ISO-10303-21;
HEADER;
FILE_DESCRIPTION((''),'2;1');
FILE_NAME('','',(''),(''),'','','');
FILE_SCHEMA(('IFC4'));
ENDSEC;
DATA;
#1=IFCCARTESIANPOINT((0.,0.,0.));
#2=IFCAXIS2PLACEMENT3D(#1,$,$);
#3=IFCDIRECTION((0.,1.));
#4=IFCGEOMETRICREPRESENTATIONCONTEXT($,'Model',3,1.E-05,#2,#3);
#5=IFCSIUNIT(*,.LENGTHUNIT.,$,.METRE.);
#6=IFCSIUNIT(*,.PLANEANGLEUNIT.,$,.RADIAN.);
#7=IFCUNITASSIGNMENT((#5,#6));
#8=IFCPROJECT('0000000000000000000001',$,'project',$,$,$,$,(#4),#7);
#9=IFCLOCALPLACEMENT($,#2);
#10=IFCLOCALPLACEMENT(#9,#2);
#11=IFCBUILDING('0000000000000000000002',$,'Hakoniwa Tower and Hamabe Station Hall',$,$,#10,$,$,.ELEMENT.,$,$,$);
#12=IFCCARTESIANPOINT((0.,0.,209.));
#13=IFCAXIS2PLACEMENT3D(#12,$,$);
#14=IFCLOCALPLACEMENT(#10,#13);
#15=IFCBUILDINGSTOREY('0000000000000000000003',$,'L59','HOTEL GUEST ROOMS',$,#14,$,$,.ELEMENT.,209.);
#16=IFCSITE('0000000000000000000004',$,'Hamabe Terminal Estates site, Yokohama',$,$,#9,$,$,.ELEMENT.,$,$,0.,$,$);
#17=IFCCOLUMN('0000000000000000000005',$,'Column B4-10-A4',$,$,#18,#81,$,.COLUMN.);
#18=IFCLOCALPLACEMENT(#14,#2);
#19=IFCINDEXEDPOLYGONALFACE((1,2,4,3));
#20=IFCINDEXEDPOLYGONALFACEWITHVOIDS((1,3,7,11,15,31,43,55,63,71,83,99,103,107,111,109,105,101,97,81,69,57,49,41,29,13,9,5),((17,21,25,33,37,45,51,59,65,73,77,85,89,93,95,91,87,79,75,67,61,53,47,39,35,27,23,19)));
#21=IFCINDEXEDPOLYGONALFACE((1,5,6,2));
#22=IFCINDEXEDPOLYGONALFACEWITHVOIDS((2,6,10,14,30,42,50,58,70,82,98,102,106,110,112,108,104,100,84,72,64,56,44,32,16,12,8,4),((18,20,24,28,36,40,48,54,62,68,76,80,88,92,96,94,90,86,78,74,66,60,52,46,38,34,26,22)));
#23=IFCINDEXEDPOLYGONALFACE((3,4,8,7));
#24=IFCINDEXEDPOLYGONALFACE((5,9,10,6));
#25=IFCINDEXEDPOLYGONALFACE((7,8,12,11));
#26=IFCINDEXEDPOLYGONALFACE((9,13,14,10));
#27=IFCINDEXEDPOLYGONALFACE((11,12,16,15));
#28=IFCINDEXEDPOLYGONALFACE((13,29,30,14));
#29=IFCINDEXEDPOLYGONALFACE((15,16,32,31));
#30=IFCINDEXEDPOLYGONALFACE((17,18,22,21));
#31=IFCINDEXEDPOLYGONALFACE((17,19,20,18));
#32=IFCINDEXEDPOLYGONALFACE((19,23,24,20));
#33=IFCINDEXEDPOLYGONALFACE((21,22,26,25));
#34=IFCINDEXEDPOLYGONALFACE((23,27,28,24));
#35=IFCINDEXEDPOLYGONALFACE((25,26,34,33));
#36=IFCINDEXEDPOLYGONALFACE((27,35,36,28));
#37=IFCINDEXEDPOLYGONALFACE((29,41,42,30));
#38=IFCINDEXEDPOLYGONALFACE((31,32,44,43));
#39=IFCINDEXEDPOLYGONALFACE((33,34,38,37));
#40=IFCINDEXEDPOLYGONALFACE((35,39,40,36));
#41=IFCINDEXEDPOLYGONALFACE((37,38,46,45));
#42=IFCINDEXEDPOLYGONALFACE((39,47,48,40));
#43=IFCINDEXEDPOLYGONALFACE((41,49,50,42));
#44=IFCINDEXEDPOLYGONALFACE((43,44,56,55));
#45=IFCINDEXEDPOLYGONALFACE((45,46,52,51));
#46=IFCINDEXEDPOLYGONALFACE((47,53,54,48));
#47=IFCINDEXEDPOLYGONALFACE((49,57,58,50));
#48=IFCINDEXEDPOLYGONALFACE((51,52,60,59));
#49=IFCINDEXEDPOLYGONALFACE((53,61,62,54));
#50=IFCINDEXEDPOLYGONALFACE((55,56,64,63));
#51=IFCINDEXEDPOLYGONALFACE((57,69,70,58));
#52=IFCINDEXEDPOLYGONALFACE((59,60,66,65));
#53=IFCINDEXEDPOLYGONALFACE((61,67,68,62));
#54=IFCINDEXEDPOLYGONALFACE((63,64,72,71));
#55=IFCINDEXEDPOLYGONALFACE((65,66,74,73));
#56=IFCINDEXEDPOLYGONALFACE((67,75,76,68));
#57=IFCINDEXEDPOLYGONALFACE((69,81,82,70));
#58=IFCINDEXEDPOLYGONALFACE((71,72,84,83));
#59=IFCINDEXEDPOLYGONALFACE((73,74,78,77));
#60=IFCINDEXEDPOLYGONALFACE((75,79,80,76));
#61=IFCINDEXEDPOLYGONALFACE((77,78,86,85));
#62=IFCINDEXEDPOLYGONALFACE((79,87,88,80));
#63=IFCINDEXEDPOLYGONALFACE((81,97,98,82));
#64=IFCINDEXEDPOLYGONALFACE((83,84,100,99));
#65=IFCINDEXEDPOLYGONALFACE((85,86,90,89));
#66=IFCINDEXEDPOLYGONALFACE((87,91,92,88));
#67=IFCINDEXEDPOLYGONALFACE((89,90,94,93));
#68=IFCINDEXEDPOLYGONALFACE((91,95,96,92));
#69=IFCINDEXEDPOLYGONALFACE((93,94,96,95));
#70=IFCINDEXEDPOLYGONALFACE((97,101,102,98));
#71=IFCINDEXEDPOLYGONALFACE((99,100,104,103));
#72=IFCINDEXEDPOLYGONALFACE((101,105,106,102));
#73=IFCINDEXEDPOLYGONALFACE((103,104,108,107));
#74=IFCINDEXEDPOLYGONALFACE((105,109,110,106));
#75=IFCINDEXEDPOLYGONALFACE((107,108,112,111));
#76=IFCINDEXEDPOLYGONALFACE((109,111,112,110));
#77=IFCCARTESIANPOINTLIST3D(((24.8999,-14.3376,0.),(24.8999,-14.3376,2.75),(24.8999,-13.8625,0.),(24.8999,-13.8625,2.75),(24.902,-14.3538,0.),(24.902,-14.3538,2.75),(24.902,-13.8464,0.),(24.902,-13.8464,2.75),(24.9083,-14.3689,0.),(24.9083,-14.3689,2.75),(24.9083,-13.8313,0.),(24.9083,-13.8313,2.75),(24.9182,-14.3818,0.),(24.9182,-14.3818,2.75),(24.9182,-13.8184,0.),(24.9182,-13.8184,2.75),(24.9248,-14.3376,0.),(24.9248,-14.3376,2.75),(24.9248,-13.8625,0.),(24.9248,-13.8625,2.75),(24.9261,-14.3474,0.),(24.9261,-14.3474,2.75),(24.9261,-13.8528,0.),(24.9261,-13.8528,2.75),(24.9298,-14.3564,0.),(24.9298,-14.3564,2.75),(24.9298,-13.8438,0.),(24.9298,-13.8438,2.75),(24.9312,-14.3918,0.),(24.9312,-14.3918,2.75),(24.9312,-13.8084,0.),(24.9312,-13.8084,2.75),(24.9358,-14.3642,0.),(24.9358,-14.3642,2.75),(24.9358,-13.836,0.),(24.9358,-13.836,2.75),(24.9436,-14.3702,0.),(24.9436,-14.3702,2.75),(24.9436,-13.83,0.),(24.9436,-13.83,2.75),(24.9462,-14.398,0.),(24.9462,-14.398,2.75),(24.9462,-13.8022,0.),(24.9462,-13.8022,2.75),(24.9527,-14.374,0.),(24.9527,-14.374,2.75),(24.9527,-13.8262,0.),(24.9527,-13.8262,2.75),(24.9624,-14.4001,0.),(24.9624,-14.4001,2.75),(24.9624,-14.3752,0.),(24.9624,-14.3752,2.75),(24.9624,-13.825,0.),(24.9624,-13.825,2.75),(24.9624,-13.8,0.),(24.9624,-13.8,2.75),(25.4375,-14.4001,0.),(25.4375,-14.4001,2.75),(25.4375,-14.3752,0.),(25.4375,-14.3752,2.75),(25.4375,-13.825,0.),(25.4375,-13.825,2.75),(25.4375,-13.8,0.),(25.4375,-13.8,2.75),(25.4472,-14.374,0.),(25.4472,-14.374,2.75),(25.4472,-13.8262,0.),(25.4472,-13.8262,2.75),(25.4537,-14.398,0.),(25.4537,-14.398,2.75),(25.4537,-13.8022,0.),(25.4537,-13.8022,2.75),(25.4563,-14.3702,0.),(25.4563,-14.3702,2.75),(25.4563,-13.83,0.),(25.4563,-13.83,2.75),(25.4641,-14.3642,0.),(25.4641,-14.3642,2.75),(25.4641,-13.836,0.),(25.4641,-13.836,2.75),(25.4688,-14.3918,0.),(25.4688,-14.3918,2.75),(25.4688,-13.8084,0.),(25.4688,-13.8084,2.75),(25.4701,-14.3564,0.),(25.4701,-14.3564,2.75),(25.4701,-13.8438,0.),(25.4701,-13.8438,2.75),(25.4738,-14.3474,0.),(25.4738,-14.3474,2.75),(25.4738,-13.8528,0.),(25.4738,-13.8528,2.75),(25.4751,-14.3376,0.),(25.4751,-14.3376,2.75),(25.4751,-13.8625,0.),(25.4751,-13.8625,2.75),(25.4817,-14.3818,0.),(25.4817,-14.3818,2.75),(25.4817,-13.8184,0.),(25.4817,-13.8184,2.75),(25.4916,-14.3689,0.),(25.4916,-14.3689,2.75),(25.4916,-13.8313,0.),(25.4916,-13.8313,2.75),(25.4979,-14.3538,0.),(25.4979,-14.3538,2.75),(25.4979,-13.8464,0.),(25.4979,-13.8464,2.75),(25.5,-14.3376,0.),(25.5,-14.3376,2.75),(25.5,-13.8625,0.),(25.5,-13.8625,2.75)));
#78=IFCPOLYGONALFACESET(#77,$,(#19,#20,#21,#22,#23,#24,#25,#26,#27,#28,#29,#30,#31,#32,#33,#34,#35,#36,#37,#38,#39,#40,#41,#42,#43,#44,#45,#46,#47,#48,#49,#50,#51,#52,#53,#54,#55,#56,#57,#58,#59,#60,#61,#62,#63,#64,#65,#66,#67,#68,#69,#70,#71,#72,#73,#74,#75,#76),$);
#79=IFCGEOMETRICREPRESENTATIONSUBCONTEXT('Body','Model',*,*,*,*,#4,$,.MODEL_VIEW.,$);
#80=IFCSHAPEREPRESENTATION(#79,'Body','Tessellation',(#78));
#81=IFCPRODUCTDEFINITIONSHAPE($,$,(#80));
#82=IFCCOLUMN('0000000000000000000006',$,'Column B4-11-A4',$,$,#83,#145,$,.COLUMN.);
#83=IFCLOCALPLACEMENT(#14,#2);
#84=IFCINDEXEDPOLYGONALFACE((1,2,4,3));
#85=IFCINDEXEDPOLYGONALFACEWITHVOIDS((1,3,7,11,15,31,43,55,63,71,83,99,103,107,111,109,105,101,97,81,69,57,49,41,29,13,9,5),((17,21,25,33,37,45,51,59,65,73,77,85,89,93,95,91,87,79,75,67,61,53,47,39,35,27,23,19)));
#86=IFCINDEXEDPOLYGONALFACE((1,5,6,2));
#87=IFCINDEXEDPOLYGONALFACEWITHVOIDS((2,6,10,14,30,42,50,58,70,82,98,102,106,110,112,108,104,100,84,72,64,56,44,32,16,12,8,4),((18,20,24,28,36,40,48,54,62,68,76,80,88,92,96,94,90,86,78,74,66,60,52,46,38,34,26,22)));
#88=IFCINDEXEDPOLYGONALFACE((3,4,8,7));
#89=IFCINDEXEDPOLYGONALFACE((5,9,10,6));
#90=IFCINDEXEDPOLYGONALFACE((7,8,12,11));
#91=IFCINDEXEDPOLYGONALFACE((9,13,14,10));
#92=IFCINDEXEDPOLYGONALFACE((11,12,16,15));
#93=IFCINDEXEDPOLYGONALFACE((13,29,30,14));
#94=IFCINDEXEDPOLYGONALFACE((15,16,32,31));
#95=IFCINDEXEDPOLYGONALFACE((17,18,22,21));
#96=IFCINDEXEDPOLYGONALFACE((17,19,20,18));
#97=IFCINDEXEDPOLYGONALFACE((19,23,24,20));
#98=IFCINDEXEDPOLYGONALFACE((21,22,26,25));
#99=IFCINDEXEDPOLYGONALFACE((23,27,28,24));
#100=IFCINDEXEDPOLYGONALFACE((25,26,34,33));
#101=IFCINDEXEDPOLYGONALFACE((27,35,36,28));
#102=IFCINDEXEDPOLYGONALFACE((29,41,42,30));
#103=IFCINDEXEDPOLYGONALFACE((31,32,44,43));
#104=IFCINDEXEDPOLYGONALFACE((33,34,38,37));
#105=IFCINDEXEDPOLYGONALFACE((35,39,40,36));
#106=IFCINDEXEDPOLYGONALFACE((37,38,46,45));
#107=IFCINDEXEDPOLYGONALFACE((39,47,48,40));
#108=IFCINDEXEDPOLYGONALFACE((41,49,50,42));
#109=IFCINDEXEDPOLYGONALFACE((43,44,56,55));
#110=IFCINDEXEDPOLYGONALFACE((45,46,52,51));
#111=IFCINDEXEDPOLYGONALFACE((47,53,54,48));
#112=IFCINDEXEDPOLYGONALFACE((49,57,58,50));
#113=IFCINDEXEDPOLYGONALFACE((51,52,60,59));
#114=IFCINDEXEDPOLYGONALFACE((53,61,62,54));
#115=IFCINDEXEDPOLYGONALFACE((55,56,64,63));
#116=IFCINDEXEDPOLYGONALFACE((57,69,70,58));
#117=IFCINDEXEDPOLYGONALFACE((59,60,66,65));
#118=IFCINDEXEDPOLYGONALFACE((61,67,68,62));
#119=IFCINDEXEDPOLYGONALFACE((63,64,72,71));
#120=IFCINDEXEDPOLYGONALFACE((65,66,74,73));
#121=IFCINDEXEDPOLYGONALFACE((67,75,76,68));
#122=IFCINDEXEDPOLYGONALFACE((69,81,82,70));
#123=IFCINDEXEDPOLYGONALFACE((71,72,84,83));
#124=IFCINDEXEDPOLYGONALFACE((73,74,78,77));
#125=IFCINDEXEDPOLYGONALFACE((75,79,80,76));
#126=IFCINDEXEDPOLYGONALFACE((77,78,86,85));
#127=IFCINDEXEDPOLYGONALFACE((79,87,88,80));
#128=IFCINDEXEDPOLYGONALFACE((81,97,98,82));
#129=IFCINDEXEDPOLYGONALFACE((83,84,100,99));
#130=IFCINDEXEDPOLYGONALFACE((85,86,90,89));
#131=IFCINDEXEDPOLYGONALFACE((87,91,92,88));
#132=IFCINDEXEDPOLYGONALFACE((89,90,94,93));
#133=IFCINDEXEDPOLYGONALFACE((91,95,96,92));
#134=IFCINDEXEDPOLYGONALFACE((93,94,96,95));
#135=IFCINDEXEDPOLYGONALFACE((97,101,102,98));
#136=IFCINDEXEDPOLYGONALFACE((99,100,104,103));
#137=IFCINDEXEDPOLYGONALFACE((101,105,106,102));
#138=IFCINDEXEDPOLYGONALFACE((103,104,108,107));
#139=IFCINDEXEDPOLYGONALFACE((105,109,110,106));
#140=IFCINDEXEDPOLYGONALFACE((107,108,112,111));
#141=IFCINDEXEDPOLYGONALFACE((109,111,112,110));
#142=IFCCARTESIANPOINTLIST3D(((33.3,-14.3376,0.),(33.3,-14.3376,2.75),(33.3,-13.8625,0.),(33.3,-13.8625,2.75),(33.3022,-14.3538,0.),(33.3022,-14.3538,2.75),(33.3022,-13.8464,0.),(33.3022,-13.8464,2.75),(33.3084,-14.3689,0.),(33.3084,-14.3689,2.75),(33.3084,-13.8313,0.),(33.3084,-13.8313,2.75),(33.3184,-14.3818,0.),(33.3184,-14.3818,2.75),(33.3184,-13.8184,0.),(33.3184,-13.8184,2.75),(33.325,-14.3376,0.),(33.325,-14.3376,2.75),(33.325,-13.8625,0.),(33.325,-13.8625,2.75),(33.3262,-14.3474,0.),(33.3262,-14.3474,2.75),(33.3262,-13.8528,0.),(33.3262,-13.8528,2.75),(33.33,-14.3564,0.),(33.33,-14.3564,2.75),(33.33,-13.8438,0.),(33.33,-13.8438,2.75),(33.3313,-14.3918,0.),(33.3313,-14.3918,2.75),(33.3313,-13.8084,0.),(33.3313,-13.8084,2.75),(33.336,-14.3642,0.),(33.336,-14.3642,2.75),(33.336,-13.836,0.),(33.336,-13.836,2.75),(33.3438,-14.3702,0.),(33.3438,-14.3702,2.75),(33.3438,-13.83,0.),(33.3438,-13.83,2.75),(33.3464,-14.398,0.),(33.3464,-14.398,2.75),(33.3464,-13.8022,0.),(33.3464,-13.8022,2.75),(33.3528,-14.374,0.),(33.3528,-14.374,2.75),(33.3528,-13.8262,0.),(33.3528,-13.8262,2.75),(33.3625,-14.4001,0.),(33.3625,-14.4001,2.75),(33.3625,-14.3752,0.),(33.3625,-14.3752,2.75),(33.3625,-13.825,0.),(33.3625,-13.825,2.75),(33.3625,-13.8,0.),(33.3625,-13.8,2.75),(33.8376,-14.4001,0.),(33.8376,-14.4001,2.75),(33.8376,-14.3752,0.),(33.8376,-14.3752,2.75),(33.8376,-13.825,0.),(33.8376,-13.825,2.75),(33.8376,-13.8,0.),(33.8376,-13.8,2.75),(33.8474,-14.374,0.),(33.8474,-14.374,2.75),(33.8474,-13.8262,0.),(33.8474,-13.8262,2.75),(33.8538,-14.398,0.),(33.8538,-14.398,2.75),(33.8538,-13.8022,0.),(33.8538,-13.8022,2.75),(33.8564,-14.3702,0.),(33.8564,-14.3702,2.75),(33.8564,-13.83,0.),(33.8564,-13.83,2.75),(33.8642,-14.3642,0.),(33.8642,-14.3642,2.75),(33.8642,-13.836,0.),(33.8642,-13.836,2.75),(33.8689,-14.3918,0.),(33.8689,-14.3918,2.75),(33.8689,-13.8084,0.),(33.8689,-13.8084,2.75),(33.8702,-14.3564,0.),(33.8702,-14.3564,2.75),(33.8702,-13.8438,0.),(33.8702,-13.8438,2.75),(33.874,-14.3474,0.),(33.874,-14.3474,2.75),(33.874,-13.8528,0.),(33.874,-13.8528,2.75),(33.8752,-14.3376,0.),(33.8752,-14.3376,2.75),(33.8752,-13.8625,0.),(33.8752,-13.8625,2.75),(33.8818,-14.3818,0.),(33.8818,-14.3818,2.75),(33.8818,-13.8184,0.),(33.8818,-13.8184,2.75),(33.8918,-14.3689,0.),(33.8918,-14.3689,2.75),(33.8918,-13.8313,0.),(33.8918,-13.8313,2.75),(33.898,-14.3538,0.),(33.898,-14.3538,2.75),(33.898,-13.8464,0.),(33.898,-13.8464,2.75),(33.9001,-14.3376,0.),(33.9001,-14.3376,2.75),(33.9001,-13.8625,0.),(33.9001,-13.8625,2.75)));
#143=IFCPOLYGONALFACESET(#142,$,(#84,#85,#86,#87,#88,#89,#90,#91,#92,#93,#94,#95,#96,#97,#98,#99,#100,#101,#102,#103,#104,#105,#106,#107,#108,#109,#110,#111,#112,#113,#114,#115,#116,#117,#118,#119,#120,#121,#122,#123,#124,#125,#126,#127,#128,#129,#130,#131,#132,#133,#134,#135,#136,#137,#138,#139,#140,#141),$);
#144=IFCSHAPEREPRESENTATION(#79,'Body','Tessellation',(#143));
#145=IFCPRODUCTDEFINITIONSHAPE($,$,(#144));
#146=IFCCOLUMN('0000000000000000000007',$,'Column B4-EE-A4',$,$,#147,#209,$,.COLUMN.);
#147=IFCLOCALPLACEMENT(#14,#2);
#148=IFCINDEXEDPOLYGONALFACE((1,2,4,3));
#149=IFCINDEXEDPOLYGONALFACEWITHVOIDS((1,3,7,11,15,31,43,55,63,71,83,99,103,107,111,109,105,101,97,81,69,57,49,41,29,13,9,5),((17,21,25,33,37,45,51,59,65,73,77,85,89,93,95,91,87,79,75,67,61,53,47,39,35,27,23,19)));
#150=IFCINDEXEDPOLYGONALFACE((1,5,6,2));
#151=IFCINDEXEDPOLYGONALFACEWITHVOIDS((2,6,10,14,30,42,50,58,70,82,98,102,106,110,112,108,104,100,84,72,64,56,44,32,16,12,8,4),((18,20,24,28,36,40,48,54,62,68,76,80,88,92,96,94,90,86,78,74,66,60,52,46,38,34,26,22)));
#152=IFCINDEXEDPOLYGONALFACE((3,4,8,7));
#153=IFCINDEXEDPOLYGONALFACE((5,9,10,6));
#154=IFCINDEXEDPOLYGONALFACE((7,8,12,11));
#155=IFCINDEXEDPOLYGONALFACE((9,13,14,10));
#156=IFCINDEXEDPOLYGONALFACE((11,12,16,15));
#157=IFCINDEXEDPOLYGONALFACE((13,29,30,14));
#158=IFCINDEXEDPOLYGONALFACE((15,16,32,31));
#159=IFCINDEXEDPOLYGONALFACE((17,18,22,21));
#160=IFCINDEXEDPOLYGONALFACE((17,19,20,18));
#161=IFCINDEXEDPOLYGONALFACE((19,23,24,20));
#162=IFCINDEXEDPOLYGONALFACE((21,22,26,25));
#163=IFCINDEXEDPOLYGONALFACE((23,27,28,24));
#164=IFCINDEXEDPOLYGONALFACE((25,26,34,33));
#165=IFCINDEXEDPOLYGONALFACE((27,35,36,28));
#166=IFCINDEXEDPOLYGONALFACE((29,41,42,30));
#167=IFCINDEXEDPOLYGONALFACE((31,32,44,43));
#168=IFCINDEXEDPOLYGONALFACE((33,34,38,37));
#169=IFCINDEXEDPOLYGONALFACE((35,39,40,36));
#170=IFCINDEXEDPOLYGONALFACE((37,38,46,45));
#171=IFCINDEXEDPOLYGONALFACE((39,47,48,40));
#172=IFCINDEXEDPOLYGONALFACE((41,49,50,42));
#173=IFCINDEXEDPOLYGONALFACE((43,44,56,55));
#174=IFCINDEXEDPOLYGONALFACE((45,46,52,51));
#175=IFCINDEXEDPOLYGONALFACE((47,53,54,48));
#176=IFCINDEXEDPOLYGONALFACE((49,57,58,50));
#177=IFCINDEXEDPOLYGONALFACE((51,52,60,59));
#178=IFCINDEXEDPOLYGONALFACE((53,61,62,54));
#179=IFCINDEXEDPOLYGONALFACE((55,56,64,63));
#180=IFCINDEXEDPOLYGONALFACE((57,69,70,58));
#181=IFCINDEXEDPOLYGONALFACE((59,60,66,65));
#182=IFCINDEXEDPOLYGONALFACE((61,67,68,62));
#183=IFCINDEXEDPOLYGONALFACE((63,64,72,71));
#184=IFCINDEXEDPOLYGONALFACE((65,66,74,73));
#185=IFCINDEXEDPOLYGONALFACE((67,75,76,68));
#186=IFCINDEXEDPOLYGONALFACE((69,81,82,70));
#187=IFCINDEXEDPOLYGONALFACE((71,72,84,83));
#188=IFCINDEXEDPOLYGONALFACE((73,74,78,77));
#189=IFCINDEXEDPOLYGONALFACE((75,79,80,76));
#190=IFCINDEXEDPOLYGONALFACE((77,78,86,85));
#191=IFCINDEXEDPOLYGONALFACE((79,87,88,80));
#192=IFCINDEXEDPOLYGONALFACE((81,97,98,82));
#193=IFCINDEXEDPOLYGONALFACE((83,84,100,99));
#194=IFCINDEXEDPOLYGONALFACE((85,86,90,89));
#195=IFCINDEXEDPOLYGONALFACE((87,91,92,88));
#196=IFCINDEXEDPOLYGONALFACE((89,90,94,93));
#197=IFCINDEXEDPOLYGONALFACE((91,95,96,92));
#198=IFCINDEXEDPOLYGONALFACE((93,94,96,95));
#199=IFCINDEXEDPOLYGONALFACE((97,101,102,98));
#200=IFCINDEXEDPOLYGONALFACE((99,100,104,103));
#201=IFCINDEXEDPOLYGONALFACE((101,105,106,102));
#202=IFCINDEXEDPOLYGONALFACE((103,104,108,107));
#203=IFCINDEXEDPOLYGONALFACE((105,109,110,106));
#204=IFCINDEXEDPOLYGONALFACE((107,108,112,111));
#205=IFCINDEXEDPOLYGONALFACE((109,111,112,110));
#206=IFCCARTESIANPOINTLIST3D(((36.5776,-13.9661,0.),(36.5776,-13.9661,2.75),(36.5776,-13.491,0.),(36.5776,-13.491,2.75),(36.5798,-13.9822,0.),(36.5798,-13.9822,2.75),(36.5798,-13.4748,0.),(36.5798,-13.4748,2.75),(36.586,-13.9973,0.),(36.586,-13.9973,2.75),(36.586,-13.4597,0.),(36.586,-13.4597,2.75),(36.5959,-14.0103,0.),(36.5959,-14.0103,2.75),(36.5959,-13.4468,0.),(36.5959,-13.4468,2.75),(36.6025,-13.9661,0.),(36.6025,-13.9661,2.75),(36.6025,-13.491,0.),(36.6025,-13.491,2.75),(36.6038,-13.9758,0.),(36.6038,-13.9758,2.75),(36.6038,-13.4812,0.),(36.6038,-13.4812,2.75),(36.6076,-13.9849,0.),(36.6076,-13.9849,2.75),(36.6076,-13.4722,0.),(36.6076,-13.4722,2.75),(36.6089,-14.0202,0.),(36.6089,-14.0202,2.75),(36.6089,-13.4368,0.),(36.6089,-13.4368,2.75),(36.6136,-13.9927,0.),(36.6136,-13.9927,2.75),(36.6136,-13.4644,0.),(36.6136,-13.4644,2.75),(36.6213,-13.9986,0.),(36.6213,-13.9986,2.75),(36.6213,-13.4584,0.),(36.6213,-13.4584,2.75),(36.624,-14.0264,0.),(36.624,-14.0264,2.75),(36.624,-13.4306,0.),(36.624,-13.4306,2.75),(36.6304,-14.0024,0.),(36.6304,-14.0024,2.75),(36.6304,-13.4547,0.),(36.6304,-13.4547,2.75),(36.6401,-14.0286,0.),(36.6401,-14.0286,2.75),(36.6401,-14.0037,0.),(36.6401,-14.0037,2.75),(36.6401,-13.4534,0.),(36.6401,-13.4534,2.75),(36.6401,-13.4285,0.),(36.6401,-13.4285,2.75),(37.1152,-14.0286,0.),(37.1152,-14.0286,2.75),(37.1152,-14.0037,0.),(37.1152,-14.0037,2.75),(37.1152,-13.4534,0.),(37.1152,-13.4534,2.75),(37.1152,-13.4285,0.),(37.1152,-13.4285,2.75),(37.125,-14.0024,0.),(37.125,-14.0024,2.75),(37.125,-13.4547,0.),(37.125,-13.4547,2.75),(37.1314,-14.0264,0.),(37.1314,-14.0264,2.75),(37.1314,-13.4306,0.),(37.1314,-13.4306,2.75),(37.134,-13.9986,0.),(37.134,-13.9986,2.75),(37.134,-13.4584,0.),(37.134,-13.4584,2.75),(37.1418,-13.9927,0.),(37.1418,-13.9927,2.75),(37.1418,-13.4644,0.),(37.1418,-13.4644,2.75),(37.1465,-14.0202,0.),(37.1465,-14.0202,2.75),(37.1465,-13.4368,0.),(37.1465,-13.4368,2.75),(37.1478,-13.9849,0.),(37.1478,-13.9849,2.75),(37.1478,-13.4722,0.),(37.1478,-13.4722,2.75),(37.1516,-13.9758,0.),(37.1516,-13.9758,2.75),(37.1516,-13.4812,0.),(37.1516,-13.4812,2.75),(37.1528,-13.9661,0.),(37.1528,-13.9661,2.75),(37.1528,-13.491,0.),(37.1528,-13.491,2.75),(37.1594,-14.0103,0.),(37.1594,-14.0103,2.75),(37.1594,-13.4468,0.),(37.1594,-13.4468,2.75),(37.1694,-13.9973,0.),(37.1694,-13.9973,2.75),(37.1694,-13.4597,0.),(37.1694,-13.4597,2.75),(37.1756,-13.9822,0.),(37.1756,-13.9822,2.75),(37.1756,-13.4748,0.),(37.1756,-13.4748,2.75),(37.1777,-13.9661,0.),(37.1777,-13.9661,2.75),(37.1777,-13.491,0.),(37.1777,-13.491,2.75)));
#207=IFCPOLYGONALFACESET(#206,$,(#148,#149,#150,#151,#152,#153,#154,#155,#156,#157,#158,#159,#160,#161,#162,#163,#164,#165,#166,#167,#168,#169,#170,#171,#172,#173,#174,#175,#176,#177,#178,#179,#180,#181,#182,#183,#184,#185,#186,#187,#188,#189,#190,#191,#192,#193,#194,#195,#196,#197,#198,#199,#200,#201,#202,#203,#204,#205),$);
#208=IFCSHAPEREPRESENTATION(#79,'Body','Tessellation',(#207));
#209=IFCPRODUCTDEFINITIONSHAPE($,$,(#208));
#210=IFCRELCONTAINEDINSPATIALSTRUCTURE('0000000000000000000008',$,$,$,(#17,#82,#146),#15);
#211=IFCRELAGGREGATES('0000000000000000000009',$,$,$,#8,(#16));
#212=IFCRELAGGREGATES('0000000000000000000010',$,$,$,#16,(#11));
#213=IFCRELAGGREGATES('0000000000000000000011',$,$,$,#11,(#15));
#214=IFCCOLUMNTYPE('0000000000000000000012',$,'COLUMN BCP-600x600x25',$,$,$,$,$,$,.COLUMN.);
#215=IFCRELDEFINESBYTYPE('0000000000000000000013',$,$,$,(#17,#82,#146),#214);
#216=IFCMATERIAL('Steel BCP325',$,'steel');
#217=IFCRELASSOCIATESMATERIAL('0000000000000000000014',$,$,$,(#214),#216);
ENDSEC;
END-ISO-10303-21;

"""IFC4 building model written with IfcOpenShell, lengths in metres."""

from ifc_helpers import new_model, si_unit, direction, frame, origin, origin_2d, place, context, subcontext, project, spatial, hollow_rectangle, extrude, material, material_profile, profile_set, type_object, element, save


model = new_model("IFC4")

# Units and contexts
model_context = context("Model", 3, precision=1e-05, world=origin(), true_north=direction((0.0, 1.0)))
body_context = subcontext(model_context, "Body", "Model", "MODEL_VIEW")
ifc_project = project(units=[si_unit("LENGTHUNIT", "METRE"), si_unit("PLANEANGLEUNIT", "RADIAN")], contexts=[model_context])

# Site, building, storey
site_placement = place(None, origin())
site = spatial("IfcSite", under=ifc_project, at=site_placement, Name="Hamabe Terminal Estates site, Yokohama", CompositionType="ELEMENT", RefElevation=0.0)
building_placement = place(site_placement, origin())
building = spatial("IfcBuilding", under=site, at=building_placement, Name="Hakoniwa Tower and Hamabe Station Hall", CompositionType="ELEMENT")
storey_placement = place(building_placement, frame((0.0, 0.0, 209.0)))
storey = spatial("IfcBuildingStorey", under=building, at=storey_placement, Name="L59", Description="HOTEL GUEST ROOMS", CompositionType="ELEMENT", Elevation=209.0)

# Columns
ifc_material_1 = material(Name="Steel BCP325", Category="steel")
ifc_material_profile_1 = material_profile(ifc_material_1, hollow_rectangle(XDim=0.6001, YDim=0.6001, WallThickness=0.0249, InnerFilletRadius=0.0376, OuterFilletRadius=0.0625, at=origin_2d()), Name="BCP-600x600x25")
ifc_profile_set_1 = profile_set([ifc_material_profile_1], Name="Steel BCP325")
column_type = type_object("IfcColumnType", Name="COLUMN BCP-600x600x25", PredefinedType="COLUMN", material=ifc_profile_set_1)
for number, where, z_axis, x_axis, name in (
    (1, (25.2, -14.1001, 0.0), (0.0, 0.0, 1.0), (1.0, 0.0, 0.0), "Column B4-10-A4"),
    (2, (33.6001, -14.1001, 0.0), (0.0, 0.0, 1.0), (1.0, 0.0, 0.0), "Column B4-11-A4"),
    (3, (36.8777, -13.7285, 0.0), (0.0, 0.0, 1.0), (1.0, 0.0, 0.0), "Column B4-EE-A4"),
):
    element("IfcColumn", number, at=place(storey_placement, frame(where, z_axis=z_axis, x_axis=x_axis)), inside=storey, type_object=column_type, Name=name, PredefinedType="COLUMN", context=body_context, shape_type="SweptSolid", body=[
        extrude(hollow_rectangle(XDim=0.6001, YDim=0.6001, WallThickness=0.0249, InnerFilletRadius=0.0376, OuterFilletRadius=0.0625, at=origin_2d()), origin(), (0.0, 0.0, 1.0), 2.75),
    ])

save(model, "model.ifc")
